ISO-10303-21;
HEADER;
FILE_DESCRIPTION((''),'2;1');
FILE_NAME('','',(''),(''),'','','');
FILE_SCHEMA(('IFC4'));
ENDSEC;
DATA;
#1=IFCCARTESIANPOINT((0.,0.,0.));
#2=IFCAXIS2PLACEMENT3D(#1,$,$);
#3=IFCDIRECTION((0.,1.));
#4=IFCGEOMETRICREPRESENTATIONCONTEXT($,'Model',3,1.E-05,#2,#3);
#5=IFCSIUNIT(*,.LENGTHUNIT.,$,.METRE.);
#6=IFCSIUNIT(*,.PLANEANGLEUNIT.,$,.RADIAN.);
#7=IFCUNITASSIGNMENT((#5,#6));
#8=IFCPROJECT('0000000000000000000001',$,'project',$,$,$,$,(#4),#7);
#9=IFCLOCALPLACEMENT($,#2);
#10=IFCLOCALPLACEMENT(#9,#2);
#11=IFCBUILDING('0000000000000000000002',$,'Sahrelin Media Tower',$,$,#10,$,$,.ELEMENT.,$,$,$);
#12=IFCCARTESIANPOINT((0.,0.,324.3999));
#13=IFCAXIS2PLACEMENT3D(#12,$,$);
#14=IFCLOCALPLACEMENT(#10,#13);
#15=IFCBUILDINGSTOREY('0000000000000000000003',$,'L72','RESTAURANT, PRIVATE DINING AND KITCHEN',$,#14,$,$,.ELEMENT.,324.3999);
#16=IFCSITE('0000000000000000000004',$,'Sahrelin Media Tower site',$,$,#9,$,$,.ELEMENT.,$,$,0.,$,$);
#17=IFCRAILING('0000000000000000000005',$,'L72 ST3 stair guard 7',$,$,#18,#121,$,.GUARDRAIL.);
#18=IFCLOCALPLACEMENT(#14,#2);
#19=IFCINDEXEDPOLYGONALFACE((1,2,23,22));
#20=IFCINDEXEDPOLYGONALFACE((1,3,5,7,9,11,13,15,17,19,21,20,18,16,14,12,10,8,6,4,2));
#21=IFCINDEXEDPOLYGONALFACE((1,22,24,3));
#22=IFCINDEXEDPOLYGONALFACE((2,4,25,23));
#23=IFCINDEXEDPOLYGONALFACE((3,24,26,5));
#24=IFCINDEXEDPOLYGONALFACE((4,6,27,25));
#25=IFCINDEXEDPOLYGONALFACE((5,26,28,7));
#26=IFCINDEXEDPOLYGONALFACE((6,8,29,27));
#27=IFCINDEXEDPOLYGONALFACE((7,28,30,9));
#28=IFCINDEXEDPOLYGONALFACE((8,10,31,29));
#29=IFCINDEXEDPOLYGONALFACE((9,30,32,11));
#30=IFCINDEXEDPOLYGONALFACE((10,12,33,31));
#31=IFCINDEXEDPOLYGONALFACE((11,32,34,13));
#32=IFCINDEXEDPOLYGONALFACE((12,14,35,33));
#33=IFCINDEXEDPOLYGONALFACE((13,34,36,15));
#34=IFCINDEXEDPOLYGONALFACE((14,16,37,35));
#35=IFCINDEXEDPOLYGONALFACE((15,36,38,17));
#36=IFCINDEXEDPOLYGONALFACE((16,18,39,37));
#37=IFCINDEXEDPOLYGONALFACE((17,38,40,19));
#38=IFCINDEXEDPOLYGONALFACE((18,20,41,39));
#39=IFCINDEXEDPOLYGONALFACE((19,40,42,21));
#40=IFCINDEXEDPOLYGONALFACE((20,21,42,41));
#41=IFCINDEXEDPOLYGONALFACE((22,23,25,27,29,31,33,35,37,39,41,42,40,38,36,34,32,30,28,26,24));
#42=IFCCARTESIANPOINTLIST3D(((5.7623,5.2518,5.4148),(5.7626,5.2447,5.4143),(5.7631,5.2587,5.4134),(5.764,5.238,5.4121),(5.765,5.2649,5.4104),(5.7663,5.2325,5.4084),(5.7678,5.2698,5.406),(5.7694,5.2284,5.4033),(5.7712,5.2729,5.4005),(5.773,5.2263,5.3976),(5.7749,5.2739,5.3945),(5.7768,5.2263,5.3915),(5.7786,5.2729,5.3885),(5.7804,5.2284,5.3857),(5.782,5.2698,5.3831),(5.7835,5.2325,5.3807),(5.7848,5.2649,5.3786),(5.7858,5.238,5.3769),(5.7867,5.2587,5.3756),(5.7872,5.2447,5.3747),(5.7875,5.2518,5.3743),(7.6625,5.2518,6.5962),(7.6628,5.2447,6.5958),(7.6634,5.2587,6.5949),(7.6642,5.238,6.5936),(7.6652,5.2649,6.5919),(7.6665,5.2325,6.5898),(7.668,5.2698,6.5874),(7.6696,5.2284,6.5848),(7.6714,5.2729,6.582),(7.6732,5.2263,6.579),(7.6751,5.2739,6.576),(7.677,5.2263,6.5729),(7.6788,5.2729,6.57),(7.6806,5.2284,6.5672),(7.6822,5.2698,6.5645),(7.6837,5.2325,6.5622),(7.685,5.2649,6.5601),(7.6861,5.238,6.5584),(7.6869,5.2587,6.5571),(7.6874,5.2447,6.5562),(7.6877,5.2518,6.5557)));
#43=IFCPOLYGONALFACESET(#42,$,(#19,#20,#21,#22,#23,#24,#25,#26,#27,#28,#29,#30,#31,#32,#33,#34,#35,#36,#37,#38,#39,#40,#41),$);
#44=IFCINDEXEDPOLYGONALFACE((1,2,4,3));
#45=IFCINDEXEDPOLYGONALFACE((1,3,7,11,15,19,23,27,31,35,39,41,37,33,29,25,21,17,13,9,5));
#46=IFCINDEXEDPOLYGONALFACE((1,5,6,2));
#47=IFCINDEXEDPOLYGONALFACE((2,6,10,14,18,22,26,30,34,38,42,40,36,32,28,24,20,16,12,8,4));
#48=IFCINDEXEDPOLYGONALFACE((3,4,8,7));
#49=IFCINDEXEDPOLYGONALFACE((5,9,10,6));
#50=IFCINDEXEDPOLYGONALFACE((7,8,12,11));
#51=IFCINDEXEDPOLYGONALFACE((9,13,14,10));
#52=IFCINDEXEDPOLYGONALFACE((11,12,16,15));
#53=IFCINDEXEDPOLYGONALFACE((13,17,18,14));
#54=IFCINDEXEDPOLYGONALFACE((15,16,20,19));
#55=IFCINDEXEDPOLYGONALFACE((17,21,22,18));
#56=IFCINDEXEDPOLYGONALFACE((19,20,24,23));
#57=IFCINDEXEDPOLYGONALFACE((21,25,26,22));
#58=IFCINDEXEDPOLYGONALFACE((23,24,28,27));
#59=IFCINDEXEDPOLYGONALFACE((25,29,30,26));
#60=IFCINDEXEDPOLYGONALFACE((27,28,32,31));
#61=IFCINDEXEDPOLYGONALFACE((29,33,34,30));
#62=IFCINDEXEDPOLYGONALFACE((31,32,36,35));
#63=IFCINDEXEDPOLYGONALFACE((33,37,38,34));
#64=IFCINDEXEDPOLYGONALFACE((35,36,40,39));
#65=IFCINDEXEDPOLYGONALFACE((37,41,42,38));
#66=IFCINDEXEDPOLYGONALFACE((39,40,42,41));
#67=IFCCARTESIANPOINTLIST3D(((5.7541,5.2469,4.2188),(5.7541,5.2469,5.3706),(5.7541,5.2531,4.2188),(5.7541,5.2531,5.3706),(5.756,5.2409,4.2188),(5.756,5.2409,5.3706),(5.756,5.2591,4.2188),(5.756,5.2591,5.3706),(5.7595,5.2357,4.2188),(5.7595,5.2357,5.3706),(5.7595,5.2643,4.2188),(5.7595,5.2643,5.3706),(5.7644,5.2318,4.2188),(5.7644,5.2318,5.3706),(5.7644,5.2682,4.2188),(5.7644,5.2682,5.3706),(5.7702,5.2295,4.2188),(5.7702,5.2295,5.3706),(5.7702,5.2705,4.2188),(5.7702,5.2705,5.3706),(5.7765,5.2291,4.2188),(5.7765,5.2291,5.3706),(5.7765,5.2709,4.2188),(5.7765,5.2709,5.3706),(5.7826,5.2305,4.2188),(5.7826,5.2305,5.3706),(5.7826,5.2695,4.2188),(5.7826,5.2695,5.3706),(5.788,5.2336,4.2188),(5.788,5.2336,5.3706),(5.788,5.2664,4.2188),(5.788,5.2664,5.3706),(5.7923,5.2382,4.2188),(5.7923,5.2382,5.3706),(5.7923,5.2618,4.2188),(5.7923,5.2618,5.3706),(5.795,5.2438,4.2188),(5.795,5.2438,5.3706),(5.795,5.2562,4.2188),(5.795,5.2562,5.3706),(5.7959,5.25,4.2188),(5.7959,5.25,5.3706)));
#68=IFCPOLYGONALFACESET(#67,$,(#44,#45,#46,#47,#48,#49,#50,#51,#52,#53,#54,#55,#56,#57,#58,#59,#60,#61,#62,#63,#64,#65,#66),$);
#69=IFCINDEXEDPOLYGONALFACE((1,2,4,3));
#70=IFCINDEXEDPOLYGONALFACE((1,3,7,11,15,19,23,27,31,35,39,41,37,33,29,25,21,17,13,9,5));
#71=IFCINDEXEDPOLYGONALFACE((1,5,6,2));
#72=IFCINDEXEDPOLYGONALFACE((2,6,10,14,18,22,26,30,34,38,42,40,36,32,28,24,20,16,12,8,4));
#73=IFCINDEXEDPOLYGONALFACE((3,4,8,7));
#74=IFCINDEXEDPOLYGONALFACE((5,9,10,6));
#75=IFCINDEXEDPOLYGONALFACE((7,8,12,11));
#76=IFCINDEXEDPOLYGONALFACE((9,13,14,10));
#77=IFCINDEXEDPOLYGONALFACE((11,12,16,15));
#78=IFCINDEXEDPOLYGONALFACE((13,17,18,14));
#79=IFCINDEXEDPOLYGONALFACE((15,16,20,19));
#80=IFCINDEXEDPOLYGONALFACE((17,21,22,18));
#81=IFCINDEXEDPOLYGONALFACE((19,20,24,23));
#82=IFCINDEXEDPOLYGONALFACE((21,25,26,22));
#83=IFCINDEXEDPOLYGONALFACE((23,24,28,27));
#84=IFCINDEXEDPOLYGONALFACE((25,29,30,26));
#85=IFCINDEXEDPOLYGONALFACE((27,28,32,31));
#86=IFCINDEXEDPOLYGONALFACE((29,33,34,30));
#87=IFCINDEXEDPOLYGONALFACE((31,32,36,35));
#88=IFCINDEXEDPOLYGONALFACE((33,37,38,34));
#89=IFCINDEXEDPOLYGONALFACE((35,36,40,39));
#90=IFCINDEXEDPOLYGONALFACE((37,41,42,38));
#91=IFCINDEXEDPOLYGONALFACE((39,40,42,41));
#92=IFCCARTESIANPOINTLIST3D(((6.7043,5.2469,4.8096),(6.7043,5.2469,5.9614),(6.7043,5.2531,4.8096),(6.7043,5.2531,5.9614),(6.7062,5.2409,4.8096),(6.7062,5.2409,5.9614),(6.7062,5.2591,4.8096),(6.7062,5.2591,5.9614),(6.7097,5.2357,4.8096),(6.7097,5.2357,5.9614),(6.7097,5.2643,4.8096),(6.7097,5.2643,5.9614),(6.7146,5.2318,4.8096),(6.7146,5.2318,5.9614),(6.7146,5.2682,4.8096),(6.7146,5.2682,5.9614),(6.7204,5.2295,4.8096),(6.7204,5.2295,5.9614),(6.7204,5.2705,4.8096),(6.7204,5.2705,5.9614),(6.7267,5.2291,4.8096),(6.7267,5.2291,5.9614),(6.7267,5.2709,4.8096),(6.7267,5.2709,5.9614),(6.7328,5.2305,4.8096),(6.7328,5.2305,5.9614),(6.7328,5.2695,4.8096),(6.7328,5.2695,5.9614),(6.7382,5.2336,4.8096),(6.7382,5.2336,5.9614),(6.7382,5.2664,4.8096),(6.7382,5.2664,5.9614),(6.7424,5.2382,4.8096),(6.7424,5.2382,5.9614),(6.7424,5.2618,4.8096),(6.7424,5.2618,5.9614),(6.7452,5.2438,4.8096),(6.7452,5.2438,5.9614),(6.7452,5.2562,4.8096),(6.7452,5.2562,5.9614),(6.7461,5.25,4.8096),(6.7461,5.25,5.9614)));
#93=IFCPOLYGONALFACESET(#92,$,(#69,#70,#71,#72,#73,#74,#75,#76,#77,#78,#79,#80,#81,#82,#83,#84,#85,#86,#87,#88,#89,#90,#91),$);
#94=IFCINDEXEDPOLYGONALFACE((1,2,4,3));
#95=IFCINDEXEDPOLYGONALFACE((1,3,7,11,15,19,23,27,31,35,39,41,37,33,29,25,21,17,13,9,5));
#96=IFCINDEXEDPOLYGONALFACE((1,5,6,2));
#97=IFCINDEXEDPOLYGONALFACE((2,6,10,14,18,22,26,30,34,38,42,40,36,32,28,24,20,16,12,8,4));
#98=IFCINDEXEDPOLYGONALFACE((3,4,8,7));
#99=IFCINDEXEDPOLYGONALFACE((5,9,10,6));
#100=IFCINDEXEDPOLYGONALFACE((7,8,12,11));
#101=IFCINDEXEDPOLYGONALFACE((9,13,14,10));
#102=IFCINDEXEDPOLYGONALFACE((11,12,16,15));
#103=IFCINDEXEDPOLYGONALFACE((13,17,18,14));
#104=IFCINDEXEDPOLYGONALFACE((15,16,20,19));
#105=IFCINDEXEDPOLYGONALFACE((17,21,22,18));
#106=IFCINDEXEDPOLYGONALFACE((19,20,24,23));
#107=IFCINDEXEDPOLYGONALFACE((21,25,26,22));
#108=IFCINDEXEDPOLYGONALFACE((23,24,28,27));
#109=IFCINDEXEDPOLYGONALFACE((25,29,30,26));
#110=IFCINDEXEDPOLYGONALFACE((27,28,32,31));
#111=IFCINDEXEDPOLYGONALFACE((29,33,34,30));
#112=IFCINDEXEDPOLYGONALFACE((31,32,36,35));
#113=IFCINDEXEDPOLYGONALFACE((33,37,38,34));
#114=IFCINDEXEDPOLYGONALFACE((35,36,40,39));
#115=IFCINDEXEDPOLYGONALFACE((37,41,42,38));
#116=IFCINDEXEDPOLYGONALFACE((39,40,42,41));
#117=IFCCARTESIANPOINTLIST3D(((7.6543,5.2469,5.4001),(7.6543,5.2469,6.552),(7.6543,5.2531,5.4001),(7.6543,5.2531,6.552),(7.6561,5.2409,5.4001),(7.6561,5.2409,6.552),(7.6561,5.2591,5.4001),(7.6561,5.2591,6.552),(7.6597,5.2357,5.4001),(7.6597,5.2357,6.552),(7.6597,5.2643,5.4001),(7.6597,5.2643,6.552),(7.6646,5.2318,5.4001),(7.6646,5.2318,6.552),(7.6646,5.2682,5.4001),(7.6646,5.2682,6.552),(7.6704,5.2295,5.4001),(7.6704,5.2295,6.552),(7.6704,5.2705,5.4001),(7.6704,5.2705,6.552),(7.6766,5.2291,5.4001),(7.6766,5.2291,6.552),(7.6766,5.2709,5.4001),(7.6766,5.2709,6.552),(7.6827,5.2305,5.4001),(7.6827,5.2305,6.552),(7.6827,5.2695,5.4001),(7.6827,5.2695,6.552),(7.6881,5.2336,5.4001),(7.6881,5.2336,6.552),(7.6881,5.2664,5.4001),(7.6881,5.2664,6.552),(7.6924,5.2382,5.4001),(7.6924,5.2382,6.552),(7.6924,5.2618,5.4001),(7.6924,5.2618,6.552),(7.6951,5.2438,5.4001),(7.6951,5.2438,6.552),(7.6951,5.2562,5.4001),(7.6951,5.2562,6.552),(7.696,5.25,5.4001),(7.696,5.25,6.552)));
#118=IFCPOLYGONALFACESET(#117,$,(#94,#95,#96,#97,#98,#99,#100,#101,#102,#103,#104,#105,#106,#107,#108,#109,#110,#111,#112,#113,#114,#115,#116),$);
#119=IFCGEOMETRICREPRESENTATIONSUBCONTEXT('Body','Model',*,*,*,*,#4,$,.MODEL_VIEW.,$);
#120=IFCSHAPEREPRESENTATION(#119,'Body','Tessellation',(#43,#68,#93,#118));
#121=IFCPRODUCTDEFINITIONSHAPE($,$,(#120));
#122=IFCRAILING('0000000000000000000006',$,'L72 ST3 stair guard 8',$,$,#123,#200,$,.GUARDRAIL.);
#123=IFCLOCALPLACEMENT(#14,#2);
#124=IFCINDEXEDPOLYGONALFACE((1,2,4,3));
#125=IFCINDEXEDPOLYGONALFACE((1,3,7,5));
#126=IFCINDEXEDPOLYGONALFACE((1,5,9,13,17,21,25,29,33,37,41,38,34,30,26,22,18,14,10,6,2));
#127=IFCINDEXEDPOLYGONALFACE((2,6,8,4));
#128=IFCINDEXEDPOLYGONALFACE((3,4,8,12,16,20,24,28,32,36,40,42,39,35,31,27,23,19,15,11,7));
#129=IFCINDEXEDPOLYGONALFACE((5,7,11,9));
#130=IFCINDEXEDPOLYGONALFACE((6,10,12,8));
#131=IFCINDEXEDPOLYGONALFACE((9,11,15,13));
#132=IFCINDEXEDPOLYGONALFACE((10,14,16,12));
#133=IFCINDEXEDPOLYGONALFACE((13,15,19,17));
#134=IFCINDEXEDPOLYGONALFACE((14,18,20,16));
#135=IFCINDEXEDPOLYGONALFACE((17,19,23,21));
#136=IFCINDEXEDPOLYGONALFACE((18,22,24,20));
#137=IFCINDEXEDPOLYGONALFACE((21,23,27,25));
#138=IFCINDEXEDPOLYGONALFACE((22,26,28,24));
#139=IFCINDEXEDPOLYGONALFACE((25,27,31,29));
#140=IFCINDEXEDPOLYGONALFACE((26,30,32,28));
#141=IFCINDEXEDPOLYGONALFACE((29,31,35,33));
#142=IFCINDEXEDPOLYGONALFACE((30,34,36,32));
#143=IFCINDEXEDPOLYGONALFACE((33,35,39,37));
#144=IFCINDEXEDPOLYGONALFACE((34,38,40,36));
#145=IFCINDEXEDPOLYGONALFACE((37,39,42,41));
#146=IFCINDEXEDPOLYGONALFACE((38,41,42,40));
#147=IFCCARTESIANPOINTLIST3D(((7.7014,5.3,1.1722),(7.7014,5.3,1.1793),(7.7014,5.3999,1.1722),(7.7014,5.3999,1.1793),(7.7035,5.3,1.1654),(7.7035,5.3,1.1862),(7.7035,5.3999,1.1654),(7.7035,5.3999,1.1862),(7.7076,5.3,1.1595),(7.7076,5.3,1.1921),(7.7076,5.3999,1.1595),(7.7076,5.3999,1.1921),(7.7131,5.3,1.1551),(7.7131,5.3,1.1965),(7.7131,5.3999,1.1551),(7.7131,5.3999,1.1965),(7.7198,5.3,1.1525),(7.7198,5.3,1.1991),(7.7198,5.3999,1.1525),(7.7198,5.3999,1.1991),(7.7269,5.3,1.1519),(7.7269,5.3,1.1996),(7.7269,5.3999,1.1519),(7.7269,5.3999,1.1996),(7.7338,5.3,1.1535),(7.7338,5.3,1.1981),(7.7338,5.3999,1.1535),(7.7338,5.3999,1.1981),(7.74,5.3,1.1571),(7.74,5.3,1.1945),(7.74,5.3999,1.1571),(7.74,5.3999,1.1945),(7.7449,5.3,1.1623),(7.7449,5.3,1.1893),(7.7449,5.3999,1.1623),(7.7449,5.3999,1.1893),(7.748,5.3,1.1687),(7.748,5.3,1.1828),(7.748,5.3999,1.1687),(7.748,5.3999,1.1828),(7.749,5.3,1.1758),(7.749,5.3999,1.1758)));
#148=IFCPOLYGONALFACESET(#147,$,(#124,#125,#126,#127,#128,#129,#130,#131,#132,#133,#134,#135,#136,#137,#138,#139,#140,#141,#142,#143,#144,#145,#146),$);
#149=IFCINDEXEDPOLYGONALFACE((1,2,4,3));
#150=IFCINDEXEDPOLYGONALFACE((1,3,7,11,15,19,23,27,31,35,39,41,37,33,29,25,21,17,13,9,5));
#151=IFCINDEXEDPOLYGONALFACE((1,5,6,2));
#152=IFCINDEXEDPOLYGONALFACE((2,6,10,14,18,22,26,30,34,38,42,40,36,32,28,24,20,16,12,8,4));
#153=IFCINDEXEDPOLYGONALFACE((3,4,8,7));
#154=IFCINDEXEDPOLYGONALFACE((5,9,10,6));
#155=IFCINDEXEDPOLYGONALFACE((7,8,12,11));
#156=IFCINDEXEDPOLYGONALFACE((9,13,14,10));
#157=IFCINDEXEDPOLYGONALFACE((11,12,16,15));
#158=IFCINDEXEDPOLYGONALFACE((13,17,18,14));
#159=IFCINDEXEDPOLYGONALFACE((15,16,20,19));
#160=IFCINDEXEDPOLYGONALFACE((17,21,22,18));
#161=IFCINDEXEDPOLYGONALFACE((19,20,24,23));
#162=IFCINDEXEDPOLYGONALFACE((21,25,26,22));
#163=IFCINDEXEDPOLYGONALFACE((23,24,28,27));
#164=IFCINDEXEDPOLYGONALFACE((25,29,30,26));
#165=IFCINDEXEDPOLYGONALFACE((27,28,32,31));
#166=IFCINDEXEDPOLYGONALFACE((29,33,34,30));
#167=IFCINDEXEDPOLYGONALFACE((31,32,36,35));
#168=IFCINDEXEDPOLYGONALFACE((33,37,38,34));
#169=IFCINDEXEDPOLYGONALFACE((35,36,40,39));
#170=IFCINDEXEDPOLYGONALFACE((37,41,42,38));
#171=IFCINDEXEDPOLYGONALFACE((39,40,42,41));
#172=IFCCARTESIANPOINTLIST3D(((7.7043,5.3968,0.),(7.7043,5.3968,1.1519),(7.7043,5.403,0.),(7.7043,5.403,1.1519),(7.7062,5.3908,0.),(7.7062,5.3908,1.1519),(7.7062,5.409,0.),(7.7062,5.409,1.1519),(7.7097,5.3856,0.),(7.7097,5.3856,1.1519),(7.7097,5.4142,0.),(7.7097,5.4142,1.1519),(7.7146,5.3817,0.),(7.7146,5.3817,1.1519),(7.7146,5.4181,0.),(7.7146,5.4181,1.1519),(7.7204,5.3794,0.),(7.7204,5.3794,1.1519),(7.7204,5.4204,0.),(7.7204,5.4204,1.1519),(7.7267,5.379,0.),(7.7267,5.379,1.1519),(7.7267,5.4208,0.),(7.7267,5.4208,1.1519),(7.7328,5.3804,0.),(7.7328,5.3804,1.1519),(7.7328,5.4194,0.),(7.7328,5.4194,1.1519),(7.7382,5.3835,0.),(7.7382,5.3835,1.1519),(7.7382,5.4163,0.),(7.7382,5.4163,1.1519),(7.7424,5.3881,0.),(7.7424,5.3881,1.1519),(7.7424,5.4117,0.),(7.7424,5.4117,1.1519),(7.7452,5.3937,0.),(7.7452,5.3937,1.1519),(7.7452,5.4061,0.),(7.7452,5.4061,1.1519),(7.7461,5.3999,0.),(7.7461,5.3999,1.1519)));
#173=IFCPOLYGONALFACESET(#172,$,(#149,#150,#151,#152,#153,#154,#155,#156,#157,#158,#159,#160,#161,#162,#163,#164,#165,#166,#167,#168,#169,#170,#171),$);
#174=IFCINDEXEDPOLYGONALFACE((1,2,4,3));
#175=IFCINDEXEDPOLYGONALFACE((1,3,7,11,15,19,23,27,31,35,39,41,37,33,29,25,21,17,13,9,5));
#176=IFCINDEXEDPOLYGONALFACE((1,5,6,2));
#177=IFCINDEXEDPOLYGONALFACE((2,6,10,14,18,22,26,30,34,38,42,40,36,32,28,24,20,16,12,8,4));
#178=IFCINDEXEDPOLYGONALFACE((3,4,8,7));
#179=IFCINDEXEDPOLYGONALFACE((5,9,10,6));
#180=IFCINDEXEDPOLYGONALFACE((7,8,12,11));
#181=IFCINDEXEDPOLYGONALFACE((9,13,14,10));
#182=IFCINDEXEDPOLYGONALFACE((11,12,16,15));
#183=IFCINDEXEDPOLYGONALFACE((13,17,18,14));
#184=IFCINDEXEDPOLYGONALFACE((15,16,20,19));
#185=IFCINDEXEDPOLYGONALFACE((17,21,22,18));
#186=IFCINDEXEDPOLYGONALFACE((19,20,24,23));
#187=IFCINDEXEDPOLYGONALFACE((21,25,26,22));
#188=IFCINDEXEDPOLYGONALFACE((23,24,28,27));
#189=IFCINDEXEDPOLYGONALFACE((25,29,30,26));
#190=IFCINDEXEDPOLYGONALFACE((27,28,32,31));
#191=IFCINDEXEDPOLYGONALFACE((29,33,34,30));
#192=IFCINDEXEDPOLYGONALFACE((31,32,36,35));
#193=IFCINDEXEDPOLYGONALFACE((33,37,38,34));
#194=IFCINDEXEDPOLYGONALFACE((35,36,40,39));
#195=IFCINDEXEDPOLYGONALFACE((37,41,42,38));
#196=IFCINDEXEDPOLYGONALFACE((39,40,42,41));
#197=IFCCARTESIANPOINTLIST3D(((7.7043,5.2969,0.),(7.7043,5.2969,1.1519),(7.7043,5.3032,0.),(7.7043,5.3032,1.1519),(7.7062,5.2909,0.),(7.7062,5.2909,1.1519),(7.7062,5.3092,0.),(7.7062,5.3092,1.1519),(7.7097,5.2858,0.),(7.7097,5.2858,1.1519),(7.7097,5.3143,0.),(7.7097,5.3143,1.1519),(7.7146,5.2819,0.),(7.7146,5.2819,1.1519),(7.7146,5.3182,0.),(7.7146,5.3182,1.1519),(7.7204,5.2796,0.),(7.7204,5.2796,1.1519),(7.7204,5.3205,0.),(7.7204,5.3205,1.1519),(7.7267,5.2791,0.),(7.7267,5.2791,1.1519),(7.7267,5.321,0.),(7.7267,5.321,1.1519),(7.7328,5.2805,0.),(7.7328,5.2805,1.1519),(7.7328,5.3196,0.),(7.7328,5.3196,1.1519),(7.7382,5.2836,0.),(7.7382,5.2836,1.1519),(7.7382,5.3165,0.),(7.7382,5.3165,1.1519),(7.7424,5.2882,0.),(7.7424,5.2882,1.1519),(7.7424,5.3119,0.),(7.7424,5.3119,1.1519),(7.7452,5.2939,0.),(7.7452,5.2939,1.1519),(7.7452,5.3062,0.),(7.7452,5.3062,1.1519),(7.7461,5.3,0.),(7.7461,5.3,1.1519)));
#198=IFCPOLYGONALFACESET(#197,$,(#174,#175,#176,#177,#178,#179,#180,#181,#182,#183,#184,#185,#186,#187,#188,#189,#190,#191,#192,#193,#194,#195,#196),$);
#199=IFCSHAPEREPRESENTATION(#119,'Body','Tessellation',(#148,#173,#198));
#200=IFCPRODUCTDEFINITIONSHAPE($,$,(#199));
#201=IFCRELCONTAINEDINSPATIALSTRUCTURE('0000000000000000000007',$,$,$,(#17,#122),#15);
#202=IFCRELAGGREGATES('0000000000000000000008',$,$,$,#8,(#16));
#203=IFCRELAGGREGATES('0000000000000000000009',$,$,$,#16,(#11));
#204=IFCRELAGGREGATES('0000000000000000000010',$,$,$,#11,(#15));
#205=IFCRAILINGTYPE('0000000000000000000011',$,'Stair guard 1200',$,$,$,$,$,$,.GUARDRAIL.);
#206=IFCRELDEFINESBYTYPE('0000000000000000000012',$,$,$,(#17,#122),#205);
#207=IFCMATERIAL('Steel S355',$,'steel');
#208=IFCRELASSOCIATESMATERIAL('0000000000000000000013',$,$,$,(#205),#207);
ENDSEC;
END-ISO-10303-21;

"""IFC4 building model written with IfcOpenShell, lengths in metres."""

from ifc_helpers import new_model, si_unit, direction, frame, origin, origin_2d, place, context, subcontext, project, spatial, circle, extrude, material, type_object, element, save


model = new_model("IFC4")

# Units and contexts
model_context = context("Model", 3, precision=1e-05, world=origin(), true_north=direction((0.0, 1.0)))
body_context = subcontext(model_context, "Body", "Model", "MODEL_VIEW")
ifc_project = project(units=[si_unit("LENGTHUNIT", "METRE"), si_unit("PLANEANGLEUNIT", "RADIAN")], contexts=[model_context])

# Site, building, storey
site_placement = place(None, origin())
site = spatial("IfcSite", under=ifc_project, at=site_placement, Name="Sahrelin Media Tower site", CompositionType="ELEMENT", RefElevation=0.0)
building_placement = place(site_placement, origin())
building = spatial("IfcBuilding", under=site, at=building_placement, Name="Sahrelin Media Tower", CompositionType="ELEMENT")
storey_placement = place(building_placement, frame((0.0, 0.0, 324.3999)))
storey = spatial("IfcBuildingStorey", under=building, at=storey_placement, Name="L72", Description="RESTAURANT, PRIVATE DINING AND KITCHEN", CompositionType="ELEMENT", Elevation=324.3999)

# Railings
ifc_material_1 = material(Name="Steel S355", Category="steel")
railing_type_1 = type_object("IfcRailingType", Name="Stair guard 1200", PredefinedType="GUARDRAIL", material=ifc_material_1)
railing_1_placement = place(storey_placement, frame((5.7749, 5.25, 4.2188)))
element("IfcRailing", 1, at=railing_1_placement, inside=storey, type_object=railing_type_1, Name="L72 ST3 stair guard 7", PredefinedType="GUARDRAIL", context=body_context, shape_type="SweptSolid", body=[
    extrude(circle(Radius=0.0239, at=origin_2d()), frame((0.0, 0.0, 1.1758), z_axis=(0.84924, 0.0, 0.528006), x_axis=(0.0, 1.0, 0.0)), (0.0, 0.0, 1.0), 2.2375),
    extrude(circle(Radius=0.021, at=origin_2d()), origin(), (0.0, 0.0, 1.0), 1.1519),
    extrude(circle(Radius=0.021, at=origin_2d()), frame((0.9502, 0.0, 0.5908)), (0.0, 0.0, 1.0), 1.1519),
    extrude(circle(Radius=0.021, at=origin_2d()), frame((1.9001, 0.0, 1.1814)), (0.0, 0.0, 1.0), 1.1519),
])
railing_2_placement = place(storey_placement, frame((7.7251, 5.3999, 0.0)))
element("IfcRailing", 2, at=railing_2_placement, inside=storey, type_object=railing_type_1, Name="L72 ST3 stair guard 8", PredefinedType="GUARDRAIL", context=body_context, shape_type="SweptSolid", body=[
    extrude(circle(Radius=0.0239, at=origin_2d()), frame((0.0, 0.0, 1.1758), z_axis=(0.0, -1.0, 0.0), x_axis=(1.0, 0.0, 0.0)), (0.0, 0.0, 1.0), 0.0999),
    extrude(circle(Radius=0.021, at=origin_2d()), origin(), (0.0, 0.0, 1.0), 1.1519),
    extrude(circle(Radius=0.021, at=origin_2d()), frame((0.0, -0.0999, 0.0)), (0.0, 0.0, 1.0), 1.1519),
])

save(model, "model.ifc")
